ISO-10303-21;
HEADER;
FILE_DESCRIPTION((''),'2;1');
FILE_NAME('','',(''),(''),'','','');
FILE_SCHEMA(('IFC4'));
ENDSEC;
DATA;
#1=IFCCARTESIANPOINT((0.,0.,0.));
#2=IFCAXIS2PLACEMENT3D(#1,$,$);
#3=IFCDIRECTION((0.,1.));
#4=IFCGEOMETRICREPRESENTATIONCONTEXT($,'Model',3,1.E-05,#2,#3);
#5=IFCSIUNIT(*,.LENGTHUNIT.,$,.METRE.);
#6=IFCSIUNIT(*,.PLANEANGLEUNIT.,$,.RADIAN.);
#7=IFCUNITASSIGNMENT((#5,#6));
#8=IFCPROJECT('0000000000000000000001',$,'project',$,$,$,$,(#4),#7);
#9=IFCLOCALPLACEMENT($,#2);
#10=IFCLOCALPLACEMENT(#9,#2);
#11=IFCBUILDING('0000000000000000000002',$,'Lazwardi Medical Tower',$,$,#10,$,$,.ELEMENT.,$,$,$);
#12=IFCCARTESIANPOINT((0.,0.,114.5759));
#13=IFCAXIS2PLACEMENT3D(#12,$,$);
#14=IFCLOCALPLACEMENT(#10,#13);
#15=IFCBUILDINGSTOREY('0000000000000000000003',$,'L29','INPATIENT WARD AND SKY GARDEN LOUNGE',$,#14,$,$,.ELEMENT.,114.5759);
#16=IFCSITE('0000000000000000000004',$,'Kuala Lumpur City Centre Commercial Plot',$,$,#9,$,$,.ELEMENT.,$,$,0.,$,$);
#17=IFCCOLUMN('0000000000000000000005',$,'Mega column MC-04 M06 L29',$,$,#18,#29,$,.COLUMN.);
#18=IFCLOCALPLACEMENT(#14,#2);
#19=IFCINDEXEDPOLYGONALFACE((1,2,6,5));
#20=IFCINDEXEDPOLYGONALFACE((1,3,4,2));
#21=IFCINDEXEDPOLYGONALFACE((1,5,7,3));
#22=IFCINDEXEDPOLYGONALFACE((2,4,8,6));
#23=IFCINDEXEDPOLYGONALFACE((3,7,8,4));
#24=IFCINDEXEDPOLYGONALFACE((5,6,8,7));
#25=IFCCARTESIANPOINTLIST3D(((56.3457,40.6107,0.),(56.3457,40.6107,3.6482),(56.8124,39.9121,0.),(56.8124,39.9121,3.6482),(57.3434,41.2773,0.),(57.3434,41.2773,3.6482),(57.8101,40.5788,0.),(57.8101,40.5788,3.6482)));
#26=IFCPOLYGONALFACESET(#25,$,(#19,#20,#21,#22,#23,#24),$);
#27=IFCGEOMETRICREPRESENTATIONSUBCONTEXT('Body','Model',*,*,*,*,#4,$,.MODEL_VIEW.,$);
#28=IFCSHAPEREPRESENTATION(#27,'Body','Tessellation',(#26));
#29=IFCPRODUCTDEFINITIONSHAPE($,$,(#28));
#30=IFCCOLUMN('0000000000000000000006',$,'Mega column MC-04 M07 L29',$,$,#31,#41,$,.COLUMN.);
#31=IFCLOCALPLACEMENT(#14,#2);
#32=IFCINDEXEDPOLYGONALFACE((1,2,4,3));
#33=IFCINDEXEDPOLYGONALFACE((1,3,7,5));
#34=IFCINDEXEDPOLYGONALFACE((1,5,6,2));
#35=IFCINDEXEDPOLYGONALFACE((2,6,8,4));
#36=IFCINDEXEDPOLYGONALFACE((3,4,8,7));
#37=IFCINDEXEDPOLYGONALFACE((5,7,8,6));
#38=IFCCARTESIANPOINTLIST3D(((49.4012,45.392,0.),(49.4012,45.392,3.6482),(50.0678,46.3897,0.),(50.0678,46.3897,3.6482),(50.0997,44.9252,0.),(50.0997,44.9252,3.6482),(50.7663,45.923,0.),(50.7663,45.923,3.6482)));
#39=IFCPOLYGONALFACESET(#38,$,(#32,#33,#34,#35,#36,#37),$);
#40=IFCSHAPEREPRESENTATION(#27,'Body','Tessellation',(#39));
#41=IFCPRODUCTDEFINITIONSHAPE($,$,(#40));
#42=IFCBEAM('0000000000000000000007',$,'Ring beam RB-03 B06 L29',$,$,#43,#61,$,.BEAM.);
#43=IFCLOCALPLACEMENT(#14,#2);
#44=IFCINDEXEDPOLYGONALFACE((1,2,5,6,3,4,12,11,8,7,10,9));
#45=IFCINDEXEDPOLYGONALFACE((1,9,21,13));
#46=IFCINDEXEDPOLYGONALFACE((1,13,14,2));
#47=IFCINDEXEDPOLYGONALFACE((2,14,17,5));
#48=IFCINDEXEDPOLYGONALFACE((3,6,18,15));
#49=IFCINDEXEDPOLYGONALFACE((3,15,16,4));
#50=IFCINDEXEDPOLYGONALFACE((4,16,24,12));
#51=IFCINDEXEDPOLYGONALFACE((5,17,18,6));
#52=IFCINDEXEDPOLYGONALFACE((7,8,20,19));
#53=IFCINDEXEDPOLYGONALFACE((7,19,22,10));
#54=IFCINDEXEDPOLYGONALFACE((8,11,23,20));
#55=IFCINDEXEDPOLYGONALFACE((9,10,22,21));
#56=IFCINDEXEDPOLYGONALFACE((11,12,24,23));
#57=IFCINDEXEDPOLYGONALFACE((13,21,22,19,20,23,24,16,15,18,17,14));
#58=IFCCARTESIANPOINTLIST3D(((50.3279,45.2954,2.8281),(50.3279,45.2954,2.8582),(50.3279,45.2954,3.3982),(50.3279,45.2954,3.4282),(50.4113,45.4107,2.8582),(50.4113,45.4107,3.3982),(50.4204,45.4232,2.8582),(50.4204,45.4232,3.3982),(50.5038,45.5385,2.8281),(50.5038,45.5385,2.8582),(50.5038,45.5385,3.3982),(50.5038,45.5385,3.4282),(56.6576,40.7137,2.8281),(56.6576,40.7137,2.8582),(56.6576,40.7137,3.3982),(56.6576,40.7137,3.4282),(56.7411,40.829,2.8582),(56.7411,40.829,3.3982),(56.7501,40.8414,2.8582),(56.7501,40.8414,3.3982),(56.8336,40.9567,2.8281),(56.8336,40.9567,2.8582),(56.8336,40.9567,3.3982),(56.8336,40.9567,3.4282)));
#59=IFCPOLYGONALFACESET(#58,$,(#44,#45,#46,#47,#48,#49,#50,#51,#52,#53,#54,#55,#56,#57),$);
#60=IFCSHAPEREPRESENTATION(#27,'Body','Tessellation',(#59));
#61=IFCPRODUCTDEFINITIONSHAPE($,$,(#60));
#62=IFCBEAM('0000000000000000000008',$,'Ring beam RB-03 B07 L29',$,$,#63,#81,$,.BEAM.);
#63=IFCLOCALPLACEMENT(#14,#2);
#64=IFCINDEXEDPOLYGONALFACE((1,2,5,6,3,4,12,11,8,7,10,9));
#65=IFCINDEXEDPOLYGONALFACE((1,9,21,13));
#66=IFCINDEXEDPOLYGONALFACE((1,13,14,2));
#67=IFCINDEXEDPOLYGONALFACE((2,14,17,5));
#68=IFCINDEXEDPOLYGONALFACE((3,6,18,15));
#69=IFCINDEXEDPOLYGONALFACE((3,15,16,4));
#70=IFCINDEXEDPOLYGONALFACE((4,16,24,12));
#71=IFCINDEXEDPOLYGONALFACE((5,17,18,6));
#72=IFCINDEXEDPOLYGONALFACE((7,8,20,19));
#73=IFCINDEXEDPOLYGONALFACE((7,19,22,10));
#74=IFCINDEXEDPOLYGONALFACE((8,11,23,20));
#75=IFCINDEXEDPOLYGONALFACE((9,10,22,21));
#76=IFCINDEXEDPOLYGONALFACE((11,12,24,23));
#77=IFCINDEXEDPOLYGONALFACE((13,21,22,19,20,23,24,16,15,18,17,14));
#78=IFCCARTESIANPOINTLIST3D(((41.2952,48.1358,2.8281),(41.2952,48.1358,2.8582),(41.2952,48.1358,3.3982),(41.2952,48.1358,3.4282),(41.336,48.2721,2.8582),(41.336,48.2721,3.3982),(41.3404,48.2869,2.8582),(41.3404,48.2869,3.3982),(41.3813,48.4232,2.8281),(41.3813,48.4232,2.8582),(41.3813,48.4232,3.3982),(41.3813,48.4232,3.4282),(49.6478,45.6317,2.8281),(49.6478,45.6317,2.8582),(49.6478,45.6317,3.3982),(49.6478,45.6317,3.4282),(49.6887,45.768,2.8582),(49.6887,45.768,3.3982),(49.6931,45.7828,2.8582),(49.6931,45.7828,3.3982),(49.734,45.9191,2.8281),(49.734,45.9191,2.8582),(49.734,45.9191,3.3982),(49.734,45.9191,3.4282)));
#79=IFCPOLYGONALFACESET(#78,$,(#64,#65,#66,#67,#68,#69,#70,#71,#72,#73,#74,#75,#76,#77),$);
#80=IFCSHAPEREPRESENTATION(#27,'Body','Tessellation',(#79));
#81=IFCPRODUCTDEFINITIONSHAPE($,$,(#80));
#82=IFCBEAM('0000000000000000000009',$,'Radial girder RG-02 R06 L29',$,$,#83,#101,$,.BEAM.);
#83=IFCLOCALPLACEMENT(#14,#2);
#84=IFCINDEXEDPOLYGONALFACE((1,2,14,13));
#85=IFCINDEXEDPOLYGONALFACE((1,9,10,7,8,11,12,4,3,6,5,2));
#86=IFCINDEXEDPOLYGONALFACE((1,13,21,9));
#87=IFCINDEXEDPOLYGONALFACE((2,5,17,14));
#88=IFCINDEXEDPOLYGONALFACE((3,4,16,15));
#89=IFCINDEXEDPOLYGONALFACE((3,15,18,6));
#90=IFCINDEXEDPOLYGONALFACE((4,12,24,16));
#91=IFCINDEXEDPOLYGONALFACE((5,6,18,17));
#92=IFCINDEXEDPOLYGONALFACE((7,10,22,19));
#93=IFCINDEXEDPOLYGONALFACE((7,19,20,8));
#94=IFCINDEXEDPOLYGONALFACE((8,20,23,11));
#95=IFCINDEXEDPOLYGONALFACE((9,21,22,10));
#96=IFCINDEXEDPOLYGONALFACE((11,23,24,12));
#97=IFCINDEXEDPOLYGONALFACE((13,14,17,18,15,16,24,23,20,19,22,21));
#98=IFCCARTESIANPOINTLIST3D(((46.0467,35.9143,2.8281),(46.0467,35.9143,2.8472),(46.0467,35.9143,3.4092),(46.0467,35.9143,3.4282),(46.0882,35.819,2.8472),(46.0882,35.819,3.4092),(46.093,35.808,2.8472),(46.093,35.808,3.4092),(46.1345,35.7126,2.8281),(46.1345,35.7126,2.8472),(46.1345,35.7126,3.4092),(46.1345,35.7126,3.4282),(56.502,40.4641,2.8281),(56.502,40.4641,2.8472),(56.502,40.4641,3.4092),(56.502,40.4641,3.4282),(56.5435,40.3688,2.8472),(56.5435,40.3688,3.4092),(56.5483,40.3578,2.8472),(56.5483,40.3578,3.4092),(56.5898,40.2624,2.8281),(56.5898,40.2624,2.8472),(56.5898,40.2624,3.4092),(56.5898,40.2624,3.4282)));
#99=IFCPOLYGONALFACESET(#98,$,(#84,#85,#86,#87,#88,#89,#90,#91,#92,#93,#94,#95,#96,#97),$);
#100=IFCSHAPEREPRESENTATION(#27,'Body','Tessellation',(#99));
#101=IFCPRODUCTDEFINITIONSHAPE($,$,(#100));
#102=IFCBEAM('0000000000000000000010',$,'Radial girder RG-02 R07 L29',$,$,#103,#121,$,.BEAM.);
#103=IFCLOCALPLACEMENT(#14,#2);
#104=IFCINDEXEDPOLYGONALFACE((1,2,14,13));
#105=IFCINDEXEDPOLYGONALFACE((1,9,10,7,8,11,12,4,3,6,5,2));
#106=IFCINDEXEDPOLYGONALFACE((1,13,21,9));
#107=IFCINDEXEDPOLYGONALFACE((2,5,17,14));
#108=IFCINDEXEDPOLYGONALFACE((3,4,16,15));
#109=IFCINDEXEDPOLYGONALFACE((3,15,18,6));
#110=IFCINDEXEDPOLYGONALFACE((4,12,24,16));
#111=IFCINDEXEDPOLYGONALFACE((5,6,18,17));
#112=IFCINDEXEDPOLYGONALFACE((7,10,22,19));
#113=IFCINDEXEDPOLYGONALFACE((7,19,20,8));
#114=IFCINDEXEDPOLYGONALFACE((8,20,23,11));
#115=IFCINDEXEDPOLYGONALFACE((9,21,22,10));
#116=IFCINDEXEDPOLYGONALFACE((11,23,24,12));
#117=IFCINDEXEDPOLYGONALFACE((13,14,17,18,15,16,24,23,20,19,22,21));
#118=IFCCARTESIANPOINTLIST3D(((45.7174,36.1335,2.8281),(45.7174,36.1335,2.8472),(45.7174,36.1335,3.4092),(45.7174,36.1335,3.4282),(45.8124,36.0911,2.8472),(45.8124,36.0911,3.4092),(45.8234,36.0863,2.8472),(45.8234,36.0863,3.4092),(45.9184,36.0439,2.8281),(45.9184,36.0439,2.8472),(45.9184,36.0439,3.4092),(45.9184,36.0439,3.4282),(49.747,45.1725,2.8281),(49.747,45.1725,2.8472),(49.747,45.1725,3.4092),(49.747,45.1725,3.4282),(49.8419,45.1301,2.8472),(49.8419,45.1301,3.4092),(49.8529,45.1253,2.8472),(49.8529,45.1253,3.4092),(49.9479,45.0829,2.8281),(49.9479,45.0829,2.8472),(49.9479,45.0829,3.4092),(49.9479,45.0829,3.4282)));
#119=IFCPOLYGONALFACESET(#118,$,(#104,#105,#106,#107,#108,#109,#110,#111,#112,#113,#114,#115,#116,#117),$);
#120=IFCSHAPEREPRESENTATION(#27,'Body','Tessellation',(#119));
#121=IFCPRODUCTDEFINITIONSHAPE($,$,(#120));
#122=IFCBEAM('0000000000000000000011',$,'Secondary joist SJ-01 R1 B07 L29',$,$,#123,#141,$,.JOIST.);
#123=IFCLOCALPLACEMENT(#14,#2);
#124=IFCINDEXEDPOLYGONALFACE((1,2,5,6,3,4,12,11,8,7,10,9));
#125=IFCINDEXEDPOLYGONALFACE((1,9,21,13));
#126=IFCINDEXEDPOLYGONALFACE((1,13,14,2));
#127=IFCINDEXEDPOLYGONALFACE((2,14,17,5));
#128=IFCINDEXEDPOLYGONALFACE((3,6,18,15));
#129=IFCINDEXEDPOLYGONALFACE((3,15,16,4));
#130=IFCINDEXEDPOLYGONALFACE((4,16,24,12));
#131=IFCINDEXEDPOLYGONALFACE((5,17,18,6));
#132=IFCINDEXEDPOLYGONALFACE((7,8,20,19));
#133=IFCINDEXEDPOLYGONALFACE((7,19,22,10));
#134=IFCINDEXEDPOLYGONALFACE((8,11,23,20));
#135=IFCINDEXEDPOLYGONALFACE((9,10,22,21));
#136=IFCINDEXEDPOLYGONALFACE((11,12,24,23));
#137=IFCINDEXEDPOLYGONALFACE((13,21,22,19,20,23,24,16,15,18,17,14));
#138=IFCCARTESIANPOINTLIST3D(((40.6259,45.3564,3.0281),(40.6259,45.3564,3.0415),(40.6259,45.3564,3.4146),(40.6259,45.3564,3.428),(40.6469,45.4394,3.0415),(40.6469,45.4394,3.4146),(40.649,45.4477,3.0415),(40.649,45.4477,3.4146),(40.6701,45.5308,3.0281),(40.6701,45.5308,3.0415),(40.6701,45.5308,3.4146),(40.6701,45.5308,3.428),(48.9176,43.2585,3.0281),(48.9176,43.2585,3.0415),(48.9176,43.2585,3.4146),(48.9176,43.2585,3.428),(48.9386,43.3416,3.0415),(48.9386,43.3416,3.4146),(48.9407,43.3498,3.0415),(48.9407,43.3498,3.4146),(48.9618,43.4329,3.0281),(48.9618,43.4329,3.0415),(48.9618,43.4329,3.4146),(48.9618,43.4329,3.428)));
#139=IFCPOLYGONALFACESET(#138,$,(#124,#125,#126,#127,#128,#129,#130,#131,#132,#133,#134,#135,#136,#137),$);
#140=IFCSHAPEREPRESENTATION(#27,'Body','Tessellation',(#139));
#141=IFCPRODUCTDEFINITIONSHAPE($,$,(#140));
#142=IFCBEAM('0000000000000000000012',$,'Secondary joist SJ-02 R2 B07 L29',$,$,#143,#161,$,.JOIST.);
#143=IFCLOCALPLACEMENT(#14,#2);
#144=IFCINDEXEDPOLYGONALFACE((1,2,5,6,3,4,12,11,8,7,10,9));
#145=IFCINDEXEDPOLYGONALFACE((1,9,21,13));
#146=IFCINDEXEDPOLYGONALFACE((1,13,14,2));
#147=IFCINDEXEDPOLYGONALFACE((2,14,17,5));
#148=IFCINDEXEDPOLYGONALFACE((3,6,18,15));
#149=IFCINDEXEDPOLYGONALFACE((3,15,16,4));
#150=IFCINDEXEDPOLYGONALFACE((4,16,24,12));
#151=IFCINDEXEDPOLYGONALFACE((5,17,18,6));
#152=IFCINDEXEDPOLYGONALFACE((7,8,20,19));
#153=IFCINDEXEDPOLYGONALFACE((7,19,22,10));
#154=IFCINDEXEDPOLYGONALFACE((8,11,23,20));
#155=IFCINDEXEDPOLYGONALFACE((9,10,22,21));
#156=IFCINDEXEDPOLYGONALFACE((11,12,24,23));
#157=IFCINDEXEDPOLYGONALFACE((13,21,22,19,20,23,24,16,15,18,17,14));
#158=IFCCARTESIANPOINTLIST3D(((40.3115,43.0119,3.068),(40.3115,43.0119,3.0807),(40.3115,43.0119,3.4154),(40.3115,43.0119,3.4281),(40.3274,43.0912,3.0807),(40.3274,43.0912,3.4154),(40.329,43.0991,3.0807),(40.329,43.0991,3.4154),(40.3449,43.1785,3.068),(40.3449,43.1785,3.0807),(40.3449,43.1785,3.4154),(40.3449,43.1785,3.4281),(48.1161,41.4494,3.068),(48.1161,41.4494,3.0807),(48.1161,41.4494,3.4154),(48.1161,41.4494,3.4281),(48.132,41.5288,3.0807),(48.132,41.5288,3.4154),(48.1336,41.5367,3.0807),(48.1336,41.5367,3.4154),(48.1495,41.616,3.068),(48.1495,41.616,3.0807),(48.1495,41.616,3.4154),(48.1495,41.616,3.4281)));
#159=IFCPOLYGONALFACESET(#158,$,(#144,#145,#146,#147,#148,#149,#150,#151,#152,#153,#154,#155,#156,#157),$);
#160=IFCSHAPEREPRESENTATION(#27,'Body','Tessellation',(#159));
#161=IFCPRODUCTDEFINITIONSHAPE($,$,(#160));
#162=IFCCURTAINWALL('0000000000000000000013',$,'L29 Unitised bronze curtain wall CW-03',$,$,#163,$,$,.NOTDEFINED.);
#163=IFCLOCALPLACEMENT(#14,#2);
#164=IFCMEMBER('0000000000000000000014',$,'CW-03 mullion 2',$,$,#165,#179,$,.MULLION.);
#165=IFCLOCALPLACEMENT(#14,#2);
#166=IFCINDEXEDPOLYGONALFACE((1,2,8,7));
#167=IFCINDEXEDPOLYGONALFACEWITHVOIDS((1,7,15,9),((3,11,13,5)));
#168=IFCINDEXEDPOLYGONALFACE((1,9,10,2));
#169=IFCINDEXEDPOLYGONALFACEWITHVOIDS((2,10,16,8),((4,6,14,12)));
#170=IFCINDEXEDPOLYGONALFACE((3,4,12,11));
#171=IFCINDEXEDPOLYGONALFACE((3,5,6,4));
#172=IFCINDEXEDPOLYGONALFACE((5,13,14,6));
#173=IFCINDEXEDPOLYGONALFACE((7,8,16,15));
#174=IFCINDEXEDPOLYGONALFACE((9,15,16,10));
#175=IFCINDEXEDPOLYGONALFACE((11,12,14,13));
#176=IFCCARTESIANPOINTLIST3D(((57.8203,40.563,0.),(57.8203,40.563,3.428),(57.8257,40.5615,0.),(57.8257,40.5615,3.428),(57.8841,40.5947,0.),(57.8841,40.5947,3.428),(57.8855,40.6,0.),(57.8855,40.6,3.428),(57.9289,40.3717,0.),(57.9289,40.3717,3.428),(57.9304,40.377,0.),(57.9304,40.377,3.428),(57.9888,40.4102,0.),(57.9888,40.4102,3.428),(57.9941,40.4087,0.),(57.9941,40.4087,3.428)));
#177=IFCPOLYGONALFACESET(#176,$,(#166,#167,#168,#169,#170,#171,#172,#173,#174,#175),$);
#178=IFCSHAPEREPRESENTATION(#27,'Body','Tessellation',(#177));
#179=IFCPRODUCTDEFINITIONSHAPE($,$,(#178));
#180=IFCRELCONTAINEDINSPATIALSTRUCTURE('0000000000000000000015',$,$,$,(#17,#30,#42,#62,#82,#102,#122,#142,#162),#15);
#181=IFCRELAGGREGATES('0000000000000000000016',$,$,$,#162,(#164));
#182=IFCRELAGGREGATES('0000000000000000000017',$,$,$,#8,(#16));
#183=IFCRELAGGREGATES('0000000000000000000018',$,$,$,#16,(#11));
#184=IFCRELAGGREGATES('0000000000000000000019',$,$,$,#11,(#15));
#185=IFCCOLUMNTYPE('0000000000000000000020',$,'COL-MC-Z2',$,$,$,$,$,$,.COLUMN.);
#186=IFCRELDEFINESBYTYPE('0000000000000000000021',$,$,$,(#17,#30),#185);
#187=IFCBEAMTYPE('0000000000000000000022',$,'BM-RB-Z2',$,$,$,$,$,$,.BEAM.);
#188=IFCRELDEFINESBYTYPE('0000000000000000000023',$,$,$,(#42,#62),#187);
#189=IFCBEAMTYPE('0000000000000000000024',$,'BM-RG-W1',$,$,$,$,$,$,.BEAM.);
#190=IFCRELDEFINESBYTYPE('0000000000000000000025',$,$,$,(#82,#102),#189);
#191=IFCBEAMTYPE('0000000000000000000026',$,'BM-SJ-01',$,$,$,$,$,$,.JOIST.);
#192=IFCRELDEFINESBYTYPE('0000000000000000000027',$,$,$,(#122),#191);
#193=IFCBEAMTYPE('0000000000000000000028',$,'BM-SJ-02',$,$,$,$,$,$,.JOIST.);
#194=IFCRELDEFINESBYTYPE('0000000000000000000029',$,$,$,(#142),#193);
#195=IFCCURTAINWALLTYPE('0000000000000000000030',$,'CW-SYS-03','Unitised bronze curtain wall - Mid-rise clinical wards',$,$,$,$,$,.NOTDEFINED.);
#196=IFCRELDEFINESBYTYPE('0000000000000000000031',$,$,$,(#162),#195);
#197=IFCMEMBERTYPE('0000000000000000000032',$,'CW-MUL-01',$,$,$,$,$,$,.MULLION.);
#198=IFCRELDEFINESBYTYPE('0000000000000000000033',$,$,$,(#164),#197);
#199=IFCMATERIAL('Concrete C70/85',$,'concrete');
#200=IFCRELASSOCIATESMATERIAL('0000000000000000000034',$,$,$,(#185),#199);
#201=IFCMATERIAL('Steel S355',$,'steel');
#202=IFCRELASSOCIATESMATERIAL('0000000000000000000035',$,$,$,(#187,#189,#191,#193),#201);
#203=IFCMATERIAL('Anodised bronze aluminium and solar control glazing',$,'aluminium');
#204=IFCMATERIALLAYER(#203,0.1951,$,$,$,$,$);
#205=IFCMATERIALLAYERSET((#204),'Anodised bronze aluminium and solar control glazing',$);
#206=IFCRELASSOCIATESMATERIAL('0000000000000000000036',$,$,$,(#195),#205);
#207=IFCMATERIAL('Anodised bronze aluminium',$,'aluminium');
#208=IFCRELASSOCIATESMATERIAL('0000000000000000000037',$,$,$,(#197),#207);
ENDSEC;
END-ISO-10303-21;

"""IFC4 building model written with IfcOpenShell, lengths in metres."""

from ifc_helpers import new_model, si_unit, direction, frame, origin, origin_2d, place, context, subcontext, project, spatial, rectangle, hollow_rectangle, i_section, extrude, material, layer, layer_set, material_profile, profile_set, type_object, element, aggregate, save


model = new_model("IFC4")

# Units and contexts
model_context = context("Model", 3, precision=1e-05, world=origin(), true_north=direction((0.0, 1.0)))
body_context = subcontext(model_context, "Body", "Model", "MODEL_VIEW")
ifc_project = project(units=[si_unit("LENGTHUNIT", "METRE"), si_unit("PLANEANGLEUNIT", "RADIAN")], contexts=[model_context])

# Site, building, storey
site_placement = place(None, origin())
site = spatial("IfcSite", under=ifc_project, at=site_placement, Name="Kuala Lumpur City Centre Commercial Plot", CompositionType="ELEMENT", RefElevation=0.0)
building_placement = place(site_placement, origin())
building = spatial("IfcBuilding", under=site, at=building_placement, Name="Lazwardi Medical Tower", CompositionType="ELEMENT")
storey_placement = place(building_placement, frame((0.0, 0.0, 114.5759)))
storey = spatial("IfcBuildingStorey", under=building, at=storey_placement, Name="L29", Description="INPATIENT WARD AND SKY GARDEN LOUNGE", CompositionType="ELEMENT", Elevation=114.5759)

# Columns
ifc_material_1 = material(Name="Concrete C70/85", Category="concrete")
ifc_material_profile_1 = material_profile(ifc_material_1, rectangle(XDim=1.2, YDim=0.8401, at=origin_2d()), Name="CFT-RECT 1200x840")
ifc_profile_set_1 = profile_set([ifc_material_profile_1], Name="Concrete C70/85")
column_type = type_object("IfcColumnType", Name="COL-MC-Z2", PredefinedType="COLUMN", material=ifc_profile_set_1)
for number, where, z_axis, x_axis, name in (
    (1, (57.0779, 40.5947, 0.0), (0.0, 0.0, 1.0), (0.83147, 0.55557, 0.0), "Mega column MC-04 M06 L29"),
    (2, (50.0837, 45.6575, 0.0), (0.0, 0.0, 1.0), (0.55557, 0.83147, 0.0), "Mega column MC-04 M07 L29"),
):
    element("IfcColumn", number, at=place(storey_placement, frame(where, z_axis=z_axis, x_axis=x_axis)), inside=storey, type_object=column_type, Name=name, PredefinedType="COLUMN", context=body_context, shape_type="SweptSolid", body=[
        extrude(rectangle(XDim=1.2, YDim=0.8401, at=origin_2d()), origin(), (0.0, 0.0, 1.0), 3.6482),
    ])

# Beams
ifc_material_2 = material(Name="Steel S355", Category="steel")
ifc_material_profile_2 = material_profile(ifc_material_2, i_section(OverallWidth=0.3, OverallDepth=0.6001, WebThickness=0.0154, FlangeThickness=0.03, at=origin_2d()), Name="HEB 600")
ifc_profile_set_2 = profile_set([ifc_material_profile_2], Name="Steel S355")
beam_type_1 = type_object("IfcBeamType", Name="BM-RB-Z2", PredefinedType="BEAM", material=ifc_profile_set_2)
beam_1_placement = place(storey_placement, frame((56.7456, 40.8352, 3.1282), z_axis=(-0.810057, 0.586351, 0.0), x_axis=(-0.586351, -0.810057, 0.0)))
element("IfcBeam", 3, at=beam_1_placement, inside=storey, type_object=beam_type_1, Name="Ring beam RB-03 B06 L29", PredefinedType="BEAM", context=body_context, shape_type="SweptSolid", body=[
    extrude(i_section(OverallWidth=0.3, OverallDepth=0.6001, WebThickness=0.0154, FlangeThickness=0.03, at=origin_2d()), origin(), (0.0, 0.0, 1.0), 7.814),
])
beam_2_placement = place(storey_placement, frame((49.6909, 45.7754, 3.1282), z_axis=(-0.957879, 0.287171, 0.0), x_axis=(-0.287171, -0.957879, 0.0)))
element("IfcBeam", 4, at=beam_2_placement, inside=storey, type_object=beam_type_1, Name="Ring beam RB-03 B07 L29", PredefinedType="BEAM", context=body_context, shape_type="SweptSolid", body=[
    extrude(i_section(OverallWidth=0.3, OverallDepth=0.6001, WebThickness=0.0154, FlangeThickness=0.03, at=origin_2d()), origin(), (0.0, 0.0, 1.0), 8.72),
])
ifc_material_profile_3 = material_profile(ifc_material_2, i_section(OverallWidth=0.22, OverallDepth=0.6001, WebThickness=0.012, FlangeThickness=0.019, at=origin_2d()), Name="IPE 600")
ifc_profile_set_3 = profile_set([ifc_material_profile_3], Name="Steel S355")
beam_type_2 = type_object("IfcBeamType", Name="BM-RG-W1", PredefinedType="BEAM", material=ifc_profile_set_3)
beam_3_placement = place(storey_placement, frame((56.5459, 40.3633, 3.1282), z_axis=(-0.916941, -0.399022, 0.0), x_axis=(0.399022, -0.916941, 0.0)))
element("IfcBeam", 5, at=beam_3_placement, inside=storey, type_object=beam_type_2, Name="Radial girder RG-02 R06 L29", PredefinedType="BEAM", context=body_context, shape_type="SweptSolid", body=[
    extrude(i_section(OverallWidth=0.22, OverallDepth=0.6001, WebThickness=0.012, FlangeThickness=0.019, at=origin_2d()), origin(), (0.0, 0.0, 1.0), 11.4023),
])
beam_4_placement = place(storey_placement, frame((49.8474, 45.1277, 3.1282), z_axis=(-0.407166, -0.913354, 0.0), x_axis=(0.913354, -0.407166, 0.0)))
element("IfcBeam", 6, at=beam_4_placement, inside=storey, type_object=beam_type_2, Name="Radial girder RG-02 R07 L29", PredefinedType="BEAM", context=body_context, shape_type="SweptSolid", body=[
    extrude(i_section(OverallWidth=0.22, OverallDepth=0.6001, WebThickness=0.012, FlangeThickness=0.019, at=origin_2d()), origin(), (0.0, 0.0, 1.0), 9.8965),
])
ifc_material_profile_4 = material_profile(ifc_material_2, i_section(OverallWidth=0.1799, OverallDepth=0.3999, WebThickness=0.0085, FlangeThickness=0.0134, at=origin_2d()), Name="IPE 400")
ifc_profile_set_4 = profile_set([ifc_material_profile_4], Name="Steel S355")
beam_type_3 = type_object("IfcBeamType", Name="BM-SJ-01", PredefinedType="JOIST", material=ifc_profile_set_4)
beam_5_placement = place(storey_placement, frame((48.9397, 43.3457, 3.228), z_axis=(-0.969452, 0.245282, 0.0), x_axis=(-0.245282, -0.969452, 0.0)))
element("IfcBeam", 7, at=beam_5_placement, inside=storey, type_object=beam_type_3, Name="Secondary joist SJ-01 R1 B07 L29", PredefinedType="JOIST", context=body_context, shape_type="SweptSolid", body=[
    extrude(i_section(OverallWidth=0.1799, OverallDepth=0.3999, WebThickness=0.0085, FlangeThickness=0.0134, at=origin_2d()), origin(), (0.0, 0.0, 1.0), 8.553),
])
ifc_material_profile_5 = material_profile(ifc_material_2, i_section(OverallWidth=0.1699, OverallDepth=0.3601, WebThickness=0.0081, FlangeThickness=0.0127, at=origin_2d()), Name="IPE 360")
ifc_profile_set_5 = profile_set([ifc_material_profile_5], Name="Steel S355")
beam_type_4 = type_object("IfcBeamType", Name="BM-SJ-02", PredefinedType="JOIST", material=ifc_profile_set_5)
beam_6_placement = place(storey_placement, frame((48.1328, 41.5327, 3.248), z_axis=(-0.980543, 0.196305, 0.0), x_axis=(-0.196305, -0.980543, 0.0)))
element("IfcBeam", 8, at=beam_6_placement, inside=storey, type_object=beam_type_4, Name="Secondary joist SJ-02 R2 B07 L29", PredefinedType="JOIST", context=body_context, shape_type="SweptSolid", body=[
    extrude(i_section(OverallWidth=0.1699, OverallDepth=0.3601, WebThickness=0.0081, FlangeThickness=0.0127, at=origin_2d()), origin(), (0.0, 0.0, 1.0), 7.9595),
])

# Curtain wall, member
ifc_material_3 = material(Name="Anodised bronze aluminium and solar control glazing", Category="aluminium")
ifc_layer_1 = layer(ifc_material_3, 0.1951)
ifc_layer_set_1 = layer_set([ifc_layer_1], Name="Anodised bronze aluminium and solar control glazing")
curtain_wall_type = type_object("IfcCurtainWallType", Name="CW-SYS-03", Description="Unitised bronze curtain wall - Mid-rise clinical wards", PredefinedType="NOTDEFINED", material=ifc_layer_set_1)
curtain_wall_1_placement = place(storey_placement, origin())
curtain_wall_1 = element("IfcCurtainWall", 9, at=curtain_wall_1_placement, inside=storey, type_object=curtain_wall_type, Name="L29 Unitised bronze curtain wall CW-03", PredefinedType="NOTDEFINED")
ifc_material_4 = material(Name="Anodised bronze aluminium", Category="aluminium")
ifc_material_profile_6 = material_profile(ifc_material_4, hollow_rectangle(XDim=0.075, YDim=0.22, WallThickness=0.0039, at=origin_2d()), Name="ALU-MULLION 220x75x4")
ifc_profile_set_6 = profile_set([ifc_material_profile_6], Name="Anodised bronze aluminium")
member_type_1 = type_object("IfcMemberType", Name="CW-MUL-01", PredefinedType="MULLION", material=ifc_profile_set_6)
member_1_placement = place(storey_placement, frame((57.9072, 40.4858, 0.0), z_axis=(0.0, 0.0, 1.0), x_axis=(-0.869687, -0.493603, 0.0)))
member_1 = element("IfcMember", 10, at=member_1_placement, type_object=member_type_1, Name="CW-03 mullion 2", PredefinedType="MULLION", context=body_context, shape_type="SweptSolid", body=[
    extrude(hollow_rectangle(XDim=0.075, YDim=0.22, WallThickness=0.0039, at=origin_2d()), origin(), (0.0, 0.0, 1.0), 3.428),
])
aggregate(curtain_wall_1, [member_1])

save(model, "model.ifc")
